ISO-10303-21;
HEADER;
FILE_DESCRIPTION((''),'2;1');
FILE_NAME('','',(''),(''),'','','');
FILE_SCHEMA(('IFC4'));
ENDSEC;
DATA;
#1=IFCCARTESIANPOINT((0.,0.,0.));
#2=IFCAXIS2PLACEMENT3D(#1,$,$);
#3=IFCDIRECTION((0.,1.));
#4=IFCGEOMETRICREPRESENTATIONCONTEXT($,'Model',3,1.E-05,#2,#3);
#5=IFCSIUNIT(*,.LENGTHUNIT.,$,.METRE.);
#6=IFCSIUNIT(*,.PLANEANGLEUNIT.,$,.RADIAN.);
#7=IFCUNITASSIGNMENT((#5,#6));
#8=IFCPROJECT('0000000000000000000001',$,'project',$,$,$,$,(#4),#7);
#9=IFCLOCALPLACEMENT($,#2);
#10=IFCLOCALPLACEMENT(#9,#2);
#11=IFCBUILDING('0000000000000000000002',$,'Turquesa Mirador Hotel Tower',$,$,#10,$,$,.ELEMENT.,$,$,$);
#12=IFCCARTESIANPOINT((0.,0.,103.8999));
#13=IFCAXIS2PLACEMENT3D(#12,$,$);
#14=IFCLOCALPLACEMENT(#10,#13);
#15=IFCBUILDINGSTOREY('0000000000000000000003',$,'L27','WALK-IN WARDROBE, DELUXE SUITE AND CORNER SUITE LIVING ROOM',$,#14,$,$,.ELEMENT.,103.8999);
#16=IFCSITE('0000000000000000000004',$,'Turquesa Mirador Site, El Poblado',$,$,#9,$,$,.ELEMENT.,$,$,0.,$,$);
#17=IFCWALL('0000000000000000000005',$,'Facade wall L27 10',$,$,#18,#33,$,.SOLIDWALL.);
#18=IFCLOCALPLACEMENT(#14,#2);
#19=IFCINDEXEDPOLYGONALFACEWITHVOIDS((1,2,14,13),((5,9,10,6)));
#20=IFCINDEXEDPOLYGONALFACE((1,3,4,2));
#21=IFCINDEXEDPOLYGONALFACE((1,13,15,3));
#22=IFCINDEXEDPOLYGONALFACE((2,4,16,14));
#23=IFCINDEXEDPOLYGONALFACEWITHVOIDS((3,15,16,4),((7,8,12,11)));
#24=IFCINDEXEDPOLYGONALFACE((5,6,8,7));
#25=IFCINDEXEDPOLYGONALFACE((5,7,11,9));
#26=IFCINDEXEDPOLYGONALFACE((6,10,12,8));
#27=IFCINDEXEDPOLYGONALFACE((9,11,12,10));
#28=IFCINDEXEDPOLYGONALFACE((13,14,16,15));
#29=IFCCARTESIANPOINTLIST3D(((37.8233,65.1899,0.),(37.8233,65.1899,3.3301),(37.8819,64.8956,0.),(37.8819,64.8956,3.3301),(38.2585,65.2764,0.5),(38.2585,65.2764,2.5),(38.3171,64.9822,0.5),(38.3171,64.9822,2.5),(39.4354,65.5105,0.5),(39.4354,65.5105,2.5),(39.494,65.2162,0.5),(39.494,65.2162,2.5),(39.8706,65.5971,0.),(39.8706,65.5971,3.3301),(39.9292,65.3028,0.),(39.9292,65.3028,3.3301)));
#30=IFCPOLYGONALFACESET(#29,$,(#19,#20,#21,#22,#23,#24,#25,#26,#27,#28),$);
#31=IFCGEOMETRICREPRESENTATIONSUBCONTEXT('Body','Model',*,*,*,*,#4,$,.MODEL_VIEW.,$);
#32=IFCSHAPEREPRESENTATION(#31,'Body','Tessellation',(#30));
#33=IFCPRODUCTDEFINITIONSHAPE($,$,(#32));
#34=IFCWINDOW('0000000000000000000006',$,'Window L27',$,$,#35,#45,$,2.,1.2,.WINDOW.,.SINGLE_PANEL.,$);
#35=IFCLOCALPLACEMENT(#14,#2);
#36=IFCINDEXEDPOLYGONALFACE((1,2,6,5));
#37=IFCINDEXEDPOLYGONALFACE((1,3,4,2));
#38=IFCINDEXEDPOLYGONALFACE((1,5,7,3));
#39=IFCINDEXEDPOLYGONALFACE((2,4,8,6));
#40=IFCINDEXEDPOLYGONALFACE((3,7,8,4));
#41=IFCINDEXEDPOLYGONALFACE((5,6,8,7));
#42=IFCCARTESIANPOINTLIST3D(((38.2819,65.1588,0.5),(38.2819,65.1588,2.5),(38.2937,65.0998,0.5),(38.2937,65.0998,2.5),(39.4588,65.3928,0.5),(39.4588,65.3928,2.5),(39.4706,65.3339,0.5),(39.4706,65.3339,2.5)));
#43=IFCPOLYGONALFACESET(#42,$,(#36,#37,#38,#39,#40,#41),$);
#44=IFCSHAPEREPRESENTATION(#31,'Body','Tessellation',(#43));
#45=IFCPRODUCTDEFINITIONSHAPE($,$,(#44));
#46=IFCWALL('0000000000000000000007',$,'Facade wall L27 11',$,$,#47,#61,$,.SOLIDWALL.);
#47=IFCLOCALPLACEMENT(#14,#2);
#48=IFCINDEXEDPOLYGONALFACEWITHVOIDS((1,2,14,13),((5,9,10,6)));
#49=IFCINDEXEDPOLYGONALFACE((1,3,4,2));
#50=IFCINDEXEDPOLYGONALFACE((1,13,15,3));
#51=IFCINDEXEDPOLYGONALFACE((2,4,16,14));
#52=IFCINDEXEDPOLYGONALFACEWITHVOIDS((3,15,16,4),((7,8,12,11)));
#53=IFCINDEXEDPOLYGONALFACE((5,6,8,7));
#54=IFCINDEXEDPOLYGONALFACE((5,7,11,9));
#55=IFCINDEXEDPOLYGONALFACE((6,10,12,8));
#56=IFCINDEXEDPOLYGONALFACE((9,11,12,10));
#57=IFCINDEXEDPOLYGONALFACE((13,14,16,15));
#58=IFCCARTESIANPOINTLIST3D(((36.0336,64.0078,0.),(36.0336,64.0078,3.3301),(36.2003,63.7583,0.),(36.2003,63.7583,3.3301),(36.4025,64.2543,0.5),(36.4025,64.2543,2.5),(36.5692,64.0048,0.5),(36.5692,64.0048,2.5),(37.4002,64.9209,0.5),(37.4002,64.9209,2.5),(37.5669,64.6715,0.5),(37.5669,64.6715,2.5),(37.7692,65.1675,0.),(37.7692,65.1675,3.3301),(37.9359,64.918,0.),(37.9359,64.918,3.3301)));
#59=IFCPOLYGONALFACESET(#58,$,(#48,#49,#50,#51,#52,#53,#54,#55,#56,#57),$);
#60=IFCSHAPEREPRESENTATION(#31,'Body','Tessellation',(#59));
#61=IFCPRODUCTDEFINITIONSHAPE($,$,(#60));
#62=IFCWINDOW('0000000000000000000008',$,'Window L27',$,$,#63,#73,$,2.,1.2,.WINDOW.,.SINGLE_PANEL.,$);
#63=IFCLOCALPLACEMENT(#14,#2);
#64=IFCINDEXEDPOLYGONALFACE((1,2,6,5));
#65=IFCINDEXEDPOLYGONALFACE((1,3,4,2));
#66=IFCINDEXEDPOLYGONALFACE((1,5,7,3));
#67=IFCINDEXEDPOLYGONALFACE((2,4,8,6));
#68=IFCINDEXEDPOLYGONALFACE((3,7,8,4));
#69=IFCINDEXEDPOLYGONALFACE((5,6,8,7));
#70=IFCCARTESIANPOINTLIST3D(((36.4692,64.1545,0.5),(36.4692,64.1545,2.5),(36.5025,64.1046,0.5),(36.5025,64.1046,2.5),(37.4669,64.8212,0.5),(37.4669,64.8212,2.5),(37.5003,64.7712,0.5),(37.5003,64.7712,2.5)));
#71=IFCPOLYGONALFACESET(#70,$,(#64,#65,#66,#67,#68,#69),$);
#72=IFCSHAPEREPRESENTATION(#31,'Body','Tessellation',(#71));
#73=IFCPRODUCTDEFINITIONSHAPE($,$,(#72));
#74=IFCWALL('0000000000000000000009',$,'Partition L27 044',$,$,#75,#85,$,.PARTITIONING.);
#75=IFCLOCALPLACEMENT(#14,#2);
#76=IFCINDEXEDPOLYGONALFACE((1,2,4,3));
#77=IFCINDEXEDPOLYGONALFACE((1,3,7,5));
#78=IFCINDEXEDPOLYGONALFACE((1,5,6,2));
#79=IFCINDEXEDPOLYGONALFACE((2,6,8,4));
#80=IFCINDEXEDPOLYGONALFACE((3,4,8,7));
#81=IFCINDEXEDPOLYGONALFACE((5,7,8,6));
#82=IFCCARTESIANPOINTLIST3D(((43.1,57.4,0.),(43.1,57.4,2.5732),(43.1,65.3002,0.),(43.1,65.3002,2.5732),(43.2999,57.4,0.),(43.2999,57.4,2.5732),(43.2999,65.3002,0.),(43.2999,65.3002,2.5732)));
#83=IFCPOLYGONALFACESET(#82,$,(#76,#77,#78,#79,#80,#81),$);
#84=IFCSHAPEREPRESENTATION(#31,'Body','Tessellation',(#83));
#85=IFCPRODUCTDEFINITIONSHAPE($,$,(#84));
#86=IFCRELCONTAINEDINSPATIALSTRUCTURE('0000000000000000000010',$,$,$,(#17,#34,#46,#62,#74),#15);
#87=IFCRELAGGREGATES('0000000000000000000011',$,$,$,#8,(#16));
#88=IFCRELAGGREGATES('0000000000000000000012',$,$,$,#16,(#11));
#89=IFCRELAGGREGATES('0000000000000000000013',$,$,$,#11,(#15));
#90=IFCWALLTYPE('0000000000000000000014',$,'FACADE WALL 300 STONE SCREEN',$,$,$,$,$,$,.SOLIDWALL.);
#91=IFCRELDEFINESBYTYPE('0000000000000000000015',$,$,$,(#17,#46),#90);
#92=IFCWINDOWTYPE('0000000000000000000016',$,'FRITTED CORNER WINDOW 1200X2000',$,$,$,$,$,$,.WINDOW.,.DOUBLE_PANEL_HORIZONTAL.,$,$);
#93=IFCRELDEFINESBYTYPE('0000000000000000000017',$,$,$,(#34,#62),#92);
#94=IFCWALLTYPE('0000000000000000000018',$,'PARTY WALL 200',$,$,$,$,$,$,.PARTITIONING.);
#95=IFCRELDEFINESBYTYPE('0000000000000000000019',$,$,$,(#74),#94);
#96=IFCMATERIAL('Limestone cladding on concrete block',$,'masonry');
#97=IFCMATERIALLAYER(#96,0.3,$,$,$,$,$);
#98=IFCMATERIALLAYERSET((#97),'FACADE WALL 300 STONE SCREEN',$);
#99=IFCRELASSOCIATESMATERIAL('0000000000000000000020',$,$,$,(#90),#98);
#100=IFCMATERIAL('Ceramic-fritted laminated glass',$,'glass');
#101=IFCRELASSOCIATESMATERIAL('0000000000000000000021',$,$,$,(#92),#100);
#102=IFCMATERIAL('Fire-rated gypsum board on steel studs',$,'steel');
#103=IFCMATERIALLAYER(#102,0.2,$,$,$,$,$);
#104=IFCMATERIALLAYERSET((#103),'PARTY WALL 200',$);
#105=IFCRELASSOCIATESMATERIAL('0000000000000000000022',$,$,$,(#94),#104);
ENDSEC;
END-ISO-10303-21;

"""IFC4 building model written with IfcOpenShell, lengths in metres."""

from ifc_helpers import new_model, si_unit, direction, frame, frame_2d, origin, place, context, subcontext, project, spatial, rectangle, extrude, material, layer, layer_set, type_object, element, fill, save


model = new_model("IFC4")

# Units and contexts
model_context = context("Model", 3, precision=1e-05, world=origin(), true_north=direction((0.0, 1.0)))
body_context = subcontext(model_context, "Body", "Model", "MODEL_VIEW")
ifc_project = project(units=[si_unit("LENGTHUNIT", "METRE"), si_unit("PLANEANGLEUNIT", "RADIAN")], contexts=[model_context])

# Site, building, storey
site_placement = place(None, origin())
site = spatial("IfcSite", under=ifc_project, at=site_placement, Name="Turquesa Mirador Site, El Poblado", CompositionType="ELEMENT", RefElevation=0.0)
building_placement = place(site_placement, origin())
building = spatial("IfcBuilding", under=site, at=building_placement, Name="Turquesa Mirador Hotel Tower", CompositionType="ELEMENT")
storey_placement = place(building_placement, frame((0.0, 0.0, 103.8999)))
storey = spatial("IfcBuildingStorey", under=building, at=storey_placement, Name="L27", Description="WALK-IN WARDROBE, DELUXE SUITE AND CORNER SUITE LIVING ROOM", CompositionType="ELEMENT", Elevation=103.8999)

# Walls, openings, windows
ifc_material_1 = material(Name="Limestone cladding on concrete block", Category="masonry")
ifc_layer_1 = layer(ifc_material_1, 0.3)
ifc_layer_set_1 = layer_set([ifc_layer_1], Name="FACADE WALL 300 STONE SCREEN")
wall_type_1 = type_object("IfcWallType", Name="FACADE WALL 300 STONE SCREEN", PredefinedType="SOLIDWALL", material=ifc_layer_set_1)
wall_1_placement = place(storey_placement, frame((39.8999, 65.45, 0.0), z_axis=(0.0, 0.0, 1.0), x_axis=(-0.980787, -0.195081, 0.0)))
wall_1 = element("IfcWall", 1, at=wall_1_placement, inside=storey, type_object=wall_type_1, Name="Facade wall L27 10", PredefinedType="SOLIDWALL", context=body_context, shape_type="SweptSolid", body=[
    extrude(rectangle(XDim=2.0874, YDim=0.3, at=frame_2d((1.0437, 0.0))), origin(), (0.0, 0.0, 1.0), 3.3301),
])
opening_1_placement = place(wall_1_placement, frame((0.4436, 0.0, 0.5)))
opening_1 = element("IfcOpeningElement", 2, at=opening_1_placement, cuts=wall_1, PredefinedType="OPENING", context=body_context, shape_type="SweptSolid", body=[
    extrude(rectangle(XDim=1.2, YDim=2.0, at=frame_2d((0.6001, 1.0))), frame((0.0, 0.1599, 0.0), z_axis=(0.0, -1.0, 0.0), x_axis=(1.0, 0.0, 0.0)), (0.0, 0.0, 1.0), 0.3201),
])
ifc_material_2 = material(Name="Ceramic-fritted laminated glass", Category="glass")
window_type = type_object("IfcWindowType", Name="FRITTED CORNER WINDOW 1200X2000", PartitioningType="DOUBLE_PANEL_HORIZONTAL", PredefinedType="WINDOW", material=ifc_material_2)
window_1_placement = place(opening_1_placement, origin())
window_1 = element("IfcWindow", 3, at=window_1_placement, inside=storey, type_object=window_type, Name="Window L27", OverallHeight=2.0, OverallWidth=1.2, PartitioningType="SINGLE_PANEL", PredefinedType="WINDOW", context=body_context, shape_type="SweptSolid", body=[
    extrude(rectangle(XDim=1.2, YDim=2.0, at=frame_2d((0.6001, 1.0))), frame((0.0, 0.03, 0.0), z_axis=(0.0, -1.0, 0.0), x_axis=(1.0, 0.0, 0.0)), (0.0, 0.0, 1.0), 0.0601),
])
fill(opening_1, window_1)
wall_2_placement = place(storey_placement, frame((37.8525, 65.0427, 0.0), z_axis=(0.0, 0.0, 1.0), x_axis=(-0.831474, -0.555564, 0.0)))
wall_2 = element("IfcWall", 4, at=wall_2_placement, inside=storey, type_object=wall_type_1, Name="Facade wall L27 11", PredefinedType="SOLIDWALL", context=body_context, shape_type="SweptSolid", body=[
    extrude(rectangle(XDim=2.0874, YDim=0.3, at=frame_2d((1.0437, 0.0))), origin(), (0.0, 0.0, 1.0), 3.3301),
])
opening_2_placement = place(wall_2_placement, frame((0.4436, 0.0, 0.5)))
opening_2 = element("IfcOpeningElement", 5, at=opening_2_placement, cuts=wall_2, PredefinedType="OPENING", context=body_context, shape_type="SweptSolid", body=[
    extrude(rectangle(XDim=1.2, YDim=2.0, at=frame_2d((0.6001, 1.0))), frame((0.0, 0.1599, 0.0), z_axis=(0.0, -1.0, 0.0), x_axis=(1.0, 0.0, 0.0)), (0.0, 0.0, 1.0), 0.3201),
])
window_2_placement = place(opening_2_placement, origin())
window_2 = element("IfcWindow", 6, at=window_2_placement, inside=storey, type_object=window_type, Name="Window L27", OverallHeight=2.0, OverallWidth=1.2, PartitioningType="SINGLE_PANEL", PredefinedType="WINDOW", context=body_context, shape_type="SweptSolid", body=[
    extrude(rectangle(XDim=1.2, YDim=2.0, at=frame_2d((0.6001, 1.0))), frame((0.0, 0.03, 0.0), z_axis=(0.0, -1.0, 0.0), x_axis=(1.0, 0.0, 0.0)), (0.0, 0.0, 1.0), 0.0601),
])
fill(opening_2, window_2)

# Wall
ifc_material_3 = material(Name="Fire-rated gypsum board on steel studs", Category="steel")
ifc_layer_2 = layer(ifc_material_3, 0.2)
ifc_layer_set_2 = layer_set([ifc_layer_2], Name="PARTY WALL 200")
wall_type_2 = type_object("IfcWallType", Name="PARTY WALL 200", PredefinedType="PARTITIONING", material=ifc_layer_set_2)
wall_3_placement = place(storey_placement, frame((43.2, 57.3999, 0.0), z_axis=(0.0, 0.0, 1.0), x_axis=(0.0, 1.0, 0.0)))
element("IfcWall", 7, at=wall_3_placement, inside=storey, type_object=wall_type_2, Name="Partition L27 044", PredefinedType="PARTITIONING", context=body_context, shape_type="SweptSolid", body=[
    extrude(rectangle(XDim=7.9001, YDim=0.2, at=frame_2d((3.9502, 0.0))), origin(), (0.0, 0.0, 1.0), 2.5732),
])

save(model, "model.ifc")
